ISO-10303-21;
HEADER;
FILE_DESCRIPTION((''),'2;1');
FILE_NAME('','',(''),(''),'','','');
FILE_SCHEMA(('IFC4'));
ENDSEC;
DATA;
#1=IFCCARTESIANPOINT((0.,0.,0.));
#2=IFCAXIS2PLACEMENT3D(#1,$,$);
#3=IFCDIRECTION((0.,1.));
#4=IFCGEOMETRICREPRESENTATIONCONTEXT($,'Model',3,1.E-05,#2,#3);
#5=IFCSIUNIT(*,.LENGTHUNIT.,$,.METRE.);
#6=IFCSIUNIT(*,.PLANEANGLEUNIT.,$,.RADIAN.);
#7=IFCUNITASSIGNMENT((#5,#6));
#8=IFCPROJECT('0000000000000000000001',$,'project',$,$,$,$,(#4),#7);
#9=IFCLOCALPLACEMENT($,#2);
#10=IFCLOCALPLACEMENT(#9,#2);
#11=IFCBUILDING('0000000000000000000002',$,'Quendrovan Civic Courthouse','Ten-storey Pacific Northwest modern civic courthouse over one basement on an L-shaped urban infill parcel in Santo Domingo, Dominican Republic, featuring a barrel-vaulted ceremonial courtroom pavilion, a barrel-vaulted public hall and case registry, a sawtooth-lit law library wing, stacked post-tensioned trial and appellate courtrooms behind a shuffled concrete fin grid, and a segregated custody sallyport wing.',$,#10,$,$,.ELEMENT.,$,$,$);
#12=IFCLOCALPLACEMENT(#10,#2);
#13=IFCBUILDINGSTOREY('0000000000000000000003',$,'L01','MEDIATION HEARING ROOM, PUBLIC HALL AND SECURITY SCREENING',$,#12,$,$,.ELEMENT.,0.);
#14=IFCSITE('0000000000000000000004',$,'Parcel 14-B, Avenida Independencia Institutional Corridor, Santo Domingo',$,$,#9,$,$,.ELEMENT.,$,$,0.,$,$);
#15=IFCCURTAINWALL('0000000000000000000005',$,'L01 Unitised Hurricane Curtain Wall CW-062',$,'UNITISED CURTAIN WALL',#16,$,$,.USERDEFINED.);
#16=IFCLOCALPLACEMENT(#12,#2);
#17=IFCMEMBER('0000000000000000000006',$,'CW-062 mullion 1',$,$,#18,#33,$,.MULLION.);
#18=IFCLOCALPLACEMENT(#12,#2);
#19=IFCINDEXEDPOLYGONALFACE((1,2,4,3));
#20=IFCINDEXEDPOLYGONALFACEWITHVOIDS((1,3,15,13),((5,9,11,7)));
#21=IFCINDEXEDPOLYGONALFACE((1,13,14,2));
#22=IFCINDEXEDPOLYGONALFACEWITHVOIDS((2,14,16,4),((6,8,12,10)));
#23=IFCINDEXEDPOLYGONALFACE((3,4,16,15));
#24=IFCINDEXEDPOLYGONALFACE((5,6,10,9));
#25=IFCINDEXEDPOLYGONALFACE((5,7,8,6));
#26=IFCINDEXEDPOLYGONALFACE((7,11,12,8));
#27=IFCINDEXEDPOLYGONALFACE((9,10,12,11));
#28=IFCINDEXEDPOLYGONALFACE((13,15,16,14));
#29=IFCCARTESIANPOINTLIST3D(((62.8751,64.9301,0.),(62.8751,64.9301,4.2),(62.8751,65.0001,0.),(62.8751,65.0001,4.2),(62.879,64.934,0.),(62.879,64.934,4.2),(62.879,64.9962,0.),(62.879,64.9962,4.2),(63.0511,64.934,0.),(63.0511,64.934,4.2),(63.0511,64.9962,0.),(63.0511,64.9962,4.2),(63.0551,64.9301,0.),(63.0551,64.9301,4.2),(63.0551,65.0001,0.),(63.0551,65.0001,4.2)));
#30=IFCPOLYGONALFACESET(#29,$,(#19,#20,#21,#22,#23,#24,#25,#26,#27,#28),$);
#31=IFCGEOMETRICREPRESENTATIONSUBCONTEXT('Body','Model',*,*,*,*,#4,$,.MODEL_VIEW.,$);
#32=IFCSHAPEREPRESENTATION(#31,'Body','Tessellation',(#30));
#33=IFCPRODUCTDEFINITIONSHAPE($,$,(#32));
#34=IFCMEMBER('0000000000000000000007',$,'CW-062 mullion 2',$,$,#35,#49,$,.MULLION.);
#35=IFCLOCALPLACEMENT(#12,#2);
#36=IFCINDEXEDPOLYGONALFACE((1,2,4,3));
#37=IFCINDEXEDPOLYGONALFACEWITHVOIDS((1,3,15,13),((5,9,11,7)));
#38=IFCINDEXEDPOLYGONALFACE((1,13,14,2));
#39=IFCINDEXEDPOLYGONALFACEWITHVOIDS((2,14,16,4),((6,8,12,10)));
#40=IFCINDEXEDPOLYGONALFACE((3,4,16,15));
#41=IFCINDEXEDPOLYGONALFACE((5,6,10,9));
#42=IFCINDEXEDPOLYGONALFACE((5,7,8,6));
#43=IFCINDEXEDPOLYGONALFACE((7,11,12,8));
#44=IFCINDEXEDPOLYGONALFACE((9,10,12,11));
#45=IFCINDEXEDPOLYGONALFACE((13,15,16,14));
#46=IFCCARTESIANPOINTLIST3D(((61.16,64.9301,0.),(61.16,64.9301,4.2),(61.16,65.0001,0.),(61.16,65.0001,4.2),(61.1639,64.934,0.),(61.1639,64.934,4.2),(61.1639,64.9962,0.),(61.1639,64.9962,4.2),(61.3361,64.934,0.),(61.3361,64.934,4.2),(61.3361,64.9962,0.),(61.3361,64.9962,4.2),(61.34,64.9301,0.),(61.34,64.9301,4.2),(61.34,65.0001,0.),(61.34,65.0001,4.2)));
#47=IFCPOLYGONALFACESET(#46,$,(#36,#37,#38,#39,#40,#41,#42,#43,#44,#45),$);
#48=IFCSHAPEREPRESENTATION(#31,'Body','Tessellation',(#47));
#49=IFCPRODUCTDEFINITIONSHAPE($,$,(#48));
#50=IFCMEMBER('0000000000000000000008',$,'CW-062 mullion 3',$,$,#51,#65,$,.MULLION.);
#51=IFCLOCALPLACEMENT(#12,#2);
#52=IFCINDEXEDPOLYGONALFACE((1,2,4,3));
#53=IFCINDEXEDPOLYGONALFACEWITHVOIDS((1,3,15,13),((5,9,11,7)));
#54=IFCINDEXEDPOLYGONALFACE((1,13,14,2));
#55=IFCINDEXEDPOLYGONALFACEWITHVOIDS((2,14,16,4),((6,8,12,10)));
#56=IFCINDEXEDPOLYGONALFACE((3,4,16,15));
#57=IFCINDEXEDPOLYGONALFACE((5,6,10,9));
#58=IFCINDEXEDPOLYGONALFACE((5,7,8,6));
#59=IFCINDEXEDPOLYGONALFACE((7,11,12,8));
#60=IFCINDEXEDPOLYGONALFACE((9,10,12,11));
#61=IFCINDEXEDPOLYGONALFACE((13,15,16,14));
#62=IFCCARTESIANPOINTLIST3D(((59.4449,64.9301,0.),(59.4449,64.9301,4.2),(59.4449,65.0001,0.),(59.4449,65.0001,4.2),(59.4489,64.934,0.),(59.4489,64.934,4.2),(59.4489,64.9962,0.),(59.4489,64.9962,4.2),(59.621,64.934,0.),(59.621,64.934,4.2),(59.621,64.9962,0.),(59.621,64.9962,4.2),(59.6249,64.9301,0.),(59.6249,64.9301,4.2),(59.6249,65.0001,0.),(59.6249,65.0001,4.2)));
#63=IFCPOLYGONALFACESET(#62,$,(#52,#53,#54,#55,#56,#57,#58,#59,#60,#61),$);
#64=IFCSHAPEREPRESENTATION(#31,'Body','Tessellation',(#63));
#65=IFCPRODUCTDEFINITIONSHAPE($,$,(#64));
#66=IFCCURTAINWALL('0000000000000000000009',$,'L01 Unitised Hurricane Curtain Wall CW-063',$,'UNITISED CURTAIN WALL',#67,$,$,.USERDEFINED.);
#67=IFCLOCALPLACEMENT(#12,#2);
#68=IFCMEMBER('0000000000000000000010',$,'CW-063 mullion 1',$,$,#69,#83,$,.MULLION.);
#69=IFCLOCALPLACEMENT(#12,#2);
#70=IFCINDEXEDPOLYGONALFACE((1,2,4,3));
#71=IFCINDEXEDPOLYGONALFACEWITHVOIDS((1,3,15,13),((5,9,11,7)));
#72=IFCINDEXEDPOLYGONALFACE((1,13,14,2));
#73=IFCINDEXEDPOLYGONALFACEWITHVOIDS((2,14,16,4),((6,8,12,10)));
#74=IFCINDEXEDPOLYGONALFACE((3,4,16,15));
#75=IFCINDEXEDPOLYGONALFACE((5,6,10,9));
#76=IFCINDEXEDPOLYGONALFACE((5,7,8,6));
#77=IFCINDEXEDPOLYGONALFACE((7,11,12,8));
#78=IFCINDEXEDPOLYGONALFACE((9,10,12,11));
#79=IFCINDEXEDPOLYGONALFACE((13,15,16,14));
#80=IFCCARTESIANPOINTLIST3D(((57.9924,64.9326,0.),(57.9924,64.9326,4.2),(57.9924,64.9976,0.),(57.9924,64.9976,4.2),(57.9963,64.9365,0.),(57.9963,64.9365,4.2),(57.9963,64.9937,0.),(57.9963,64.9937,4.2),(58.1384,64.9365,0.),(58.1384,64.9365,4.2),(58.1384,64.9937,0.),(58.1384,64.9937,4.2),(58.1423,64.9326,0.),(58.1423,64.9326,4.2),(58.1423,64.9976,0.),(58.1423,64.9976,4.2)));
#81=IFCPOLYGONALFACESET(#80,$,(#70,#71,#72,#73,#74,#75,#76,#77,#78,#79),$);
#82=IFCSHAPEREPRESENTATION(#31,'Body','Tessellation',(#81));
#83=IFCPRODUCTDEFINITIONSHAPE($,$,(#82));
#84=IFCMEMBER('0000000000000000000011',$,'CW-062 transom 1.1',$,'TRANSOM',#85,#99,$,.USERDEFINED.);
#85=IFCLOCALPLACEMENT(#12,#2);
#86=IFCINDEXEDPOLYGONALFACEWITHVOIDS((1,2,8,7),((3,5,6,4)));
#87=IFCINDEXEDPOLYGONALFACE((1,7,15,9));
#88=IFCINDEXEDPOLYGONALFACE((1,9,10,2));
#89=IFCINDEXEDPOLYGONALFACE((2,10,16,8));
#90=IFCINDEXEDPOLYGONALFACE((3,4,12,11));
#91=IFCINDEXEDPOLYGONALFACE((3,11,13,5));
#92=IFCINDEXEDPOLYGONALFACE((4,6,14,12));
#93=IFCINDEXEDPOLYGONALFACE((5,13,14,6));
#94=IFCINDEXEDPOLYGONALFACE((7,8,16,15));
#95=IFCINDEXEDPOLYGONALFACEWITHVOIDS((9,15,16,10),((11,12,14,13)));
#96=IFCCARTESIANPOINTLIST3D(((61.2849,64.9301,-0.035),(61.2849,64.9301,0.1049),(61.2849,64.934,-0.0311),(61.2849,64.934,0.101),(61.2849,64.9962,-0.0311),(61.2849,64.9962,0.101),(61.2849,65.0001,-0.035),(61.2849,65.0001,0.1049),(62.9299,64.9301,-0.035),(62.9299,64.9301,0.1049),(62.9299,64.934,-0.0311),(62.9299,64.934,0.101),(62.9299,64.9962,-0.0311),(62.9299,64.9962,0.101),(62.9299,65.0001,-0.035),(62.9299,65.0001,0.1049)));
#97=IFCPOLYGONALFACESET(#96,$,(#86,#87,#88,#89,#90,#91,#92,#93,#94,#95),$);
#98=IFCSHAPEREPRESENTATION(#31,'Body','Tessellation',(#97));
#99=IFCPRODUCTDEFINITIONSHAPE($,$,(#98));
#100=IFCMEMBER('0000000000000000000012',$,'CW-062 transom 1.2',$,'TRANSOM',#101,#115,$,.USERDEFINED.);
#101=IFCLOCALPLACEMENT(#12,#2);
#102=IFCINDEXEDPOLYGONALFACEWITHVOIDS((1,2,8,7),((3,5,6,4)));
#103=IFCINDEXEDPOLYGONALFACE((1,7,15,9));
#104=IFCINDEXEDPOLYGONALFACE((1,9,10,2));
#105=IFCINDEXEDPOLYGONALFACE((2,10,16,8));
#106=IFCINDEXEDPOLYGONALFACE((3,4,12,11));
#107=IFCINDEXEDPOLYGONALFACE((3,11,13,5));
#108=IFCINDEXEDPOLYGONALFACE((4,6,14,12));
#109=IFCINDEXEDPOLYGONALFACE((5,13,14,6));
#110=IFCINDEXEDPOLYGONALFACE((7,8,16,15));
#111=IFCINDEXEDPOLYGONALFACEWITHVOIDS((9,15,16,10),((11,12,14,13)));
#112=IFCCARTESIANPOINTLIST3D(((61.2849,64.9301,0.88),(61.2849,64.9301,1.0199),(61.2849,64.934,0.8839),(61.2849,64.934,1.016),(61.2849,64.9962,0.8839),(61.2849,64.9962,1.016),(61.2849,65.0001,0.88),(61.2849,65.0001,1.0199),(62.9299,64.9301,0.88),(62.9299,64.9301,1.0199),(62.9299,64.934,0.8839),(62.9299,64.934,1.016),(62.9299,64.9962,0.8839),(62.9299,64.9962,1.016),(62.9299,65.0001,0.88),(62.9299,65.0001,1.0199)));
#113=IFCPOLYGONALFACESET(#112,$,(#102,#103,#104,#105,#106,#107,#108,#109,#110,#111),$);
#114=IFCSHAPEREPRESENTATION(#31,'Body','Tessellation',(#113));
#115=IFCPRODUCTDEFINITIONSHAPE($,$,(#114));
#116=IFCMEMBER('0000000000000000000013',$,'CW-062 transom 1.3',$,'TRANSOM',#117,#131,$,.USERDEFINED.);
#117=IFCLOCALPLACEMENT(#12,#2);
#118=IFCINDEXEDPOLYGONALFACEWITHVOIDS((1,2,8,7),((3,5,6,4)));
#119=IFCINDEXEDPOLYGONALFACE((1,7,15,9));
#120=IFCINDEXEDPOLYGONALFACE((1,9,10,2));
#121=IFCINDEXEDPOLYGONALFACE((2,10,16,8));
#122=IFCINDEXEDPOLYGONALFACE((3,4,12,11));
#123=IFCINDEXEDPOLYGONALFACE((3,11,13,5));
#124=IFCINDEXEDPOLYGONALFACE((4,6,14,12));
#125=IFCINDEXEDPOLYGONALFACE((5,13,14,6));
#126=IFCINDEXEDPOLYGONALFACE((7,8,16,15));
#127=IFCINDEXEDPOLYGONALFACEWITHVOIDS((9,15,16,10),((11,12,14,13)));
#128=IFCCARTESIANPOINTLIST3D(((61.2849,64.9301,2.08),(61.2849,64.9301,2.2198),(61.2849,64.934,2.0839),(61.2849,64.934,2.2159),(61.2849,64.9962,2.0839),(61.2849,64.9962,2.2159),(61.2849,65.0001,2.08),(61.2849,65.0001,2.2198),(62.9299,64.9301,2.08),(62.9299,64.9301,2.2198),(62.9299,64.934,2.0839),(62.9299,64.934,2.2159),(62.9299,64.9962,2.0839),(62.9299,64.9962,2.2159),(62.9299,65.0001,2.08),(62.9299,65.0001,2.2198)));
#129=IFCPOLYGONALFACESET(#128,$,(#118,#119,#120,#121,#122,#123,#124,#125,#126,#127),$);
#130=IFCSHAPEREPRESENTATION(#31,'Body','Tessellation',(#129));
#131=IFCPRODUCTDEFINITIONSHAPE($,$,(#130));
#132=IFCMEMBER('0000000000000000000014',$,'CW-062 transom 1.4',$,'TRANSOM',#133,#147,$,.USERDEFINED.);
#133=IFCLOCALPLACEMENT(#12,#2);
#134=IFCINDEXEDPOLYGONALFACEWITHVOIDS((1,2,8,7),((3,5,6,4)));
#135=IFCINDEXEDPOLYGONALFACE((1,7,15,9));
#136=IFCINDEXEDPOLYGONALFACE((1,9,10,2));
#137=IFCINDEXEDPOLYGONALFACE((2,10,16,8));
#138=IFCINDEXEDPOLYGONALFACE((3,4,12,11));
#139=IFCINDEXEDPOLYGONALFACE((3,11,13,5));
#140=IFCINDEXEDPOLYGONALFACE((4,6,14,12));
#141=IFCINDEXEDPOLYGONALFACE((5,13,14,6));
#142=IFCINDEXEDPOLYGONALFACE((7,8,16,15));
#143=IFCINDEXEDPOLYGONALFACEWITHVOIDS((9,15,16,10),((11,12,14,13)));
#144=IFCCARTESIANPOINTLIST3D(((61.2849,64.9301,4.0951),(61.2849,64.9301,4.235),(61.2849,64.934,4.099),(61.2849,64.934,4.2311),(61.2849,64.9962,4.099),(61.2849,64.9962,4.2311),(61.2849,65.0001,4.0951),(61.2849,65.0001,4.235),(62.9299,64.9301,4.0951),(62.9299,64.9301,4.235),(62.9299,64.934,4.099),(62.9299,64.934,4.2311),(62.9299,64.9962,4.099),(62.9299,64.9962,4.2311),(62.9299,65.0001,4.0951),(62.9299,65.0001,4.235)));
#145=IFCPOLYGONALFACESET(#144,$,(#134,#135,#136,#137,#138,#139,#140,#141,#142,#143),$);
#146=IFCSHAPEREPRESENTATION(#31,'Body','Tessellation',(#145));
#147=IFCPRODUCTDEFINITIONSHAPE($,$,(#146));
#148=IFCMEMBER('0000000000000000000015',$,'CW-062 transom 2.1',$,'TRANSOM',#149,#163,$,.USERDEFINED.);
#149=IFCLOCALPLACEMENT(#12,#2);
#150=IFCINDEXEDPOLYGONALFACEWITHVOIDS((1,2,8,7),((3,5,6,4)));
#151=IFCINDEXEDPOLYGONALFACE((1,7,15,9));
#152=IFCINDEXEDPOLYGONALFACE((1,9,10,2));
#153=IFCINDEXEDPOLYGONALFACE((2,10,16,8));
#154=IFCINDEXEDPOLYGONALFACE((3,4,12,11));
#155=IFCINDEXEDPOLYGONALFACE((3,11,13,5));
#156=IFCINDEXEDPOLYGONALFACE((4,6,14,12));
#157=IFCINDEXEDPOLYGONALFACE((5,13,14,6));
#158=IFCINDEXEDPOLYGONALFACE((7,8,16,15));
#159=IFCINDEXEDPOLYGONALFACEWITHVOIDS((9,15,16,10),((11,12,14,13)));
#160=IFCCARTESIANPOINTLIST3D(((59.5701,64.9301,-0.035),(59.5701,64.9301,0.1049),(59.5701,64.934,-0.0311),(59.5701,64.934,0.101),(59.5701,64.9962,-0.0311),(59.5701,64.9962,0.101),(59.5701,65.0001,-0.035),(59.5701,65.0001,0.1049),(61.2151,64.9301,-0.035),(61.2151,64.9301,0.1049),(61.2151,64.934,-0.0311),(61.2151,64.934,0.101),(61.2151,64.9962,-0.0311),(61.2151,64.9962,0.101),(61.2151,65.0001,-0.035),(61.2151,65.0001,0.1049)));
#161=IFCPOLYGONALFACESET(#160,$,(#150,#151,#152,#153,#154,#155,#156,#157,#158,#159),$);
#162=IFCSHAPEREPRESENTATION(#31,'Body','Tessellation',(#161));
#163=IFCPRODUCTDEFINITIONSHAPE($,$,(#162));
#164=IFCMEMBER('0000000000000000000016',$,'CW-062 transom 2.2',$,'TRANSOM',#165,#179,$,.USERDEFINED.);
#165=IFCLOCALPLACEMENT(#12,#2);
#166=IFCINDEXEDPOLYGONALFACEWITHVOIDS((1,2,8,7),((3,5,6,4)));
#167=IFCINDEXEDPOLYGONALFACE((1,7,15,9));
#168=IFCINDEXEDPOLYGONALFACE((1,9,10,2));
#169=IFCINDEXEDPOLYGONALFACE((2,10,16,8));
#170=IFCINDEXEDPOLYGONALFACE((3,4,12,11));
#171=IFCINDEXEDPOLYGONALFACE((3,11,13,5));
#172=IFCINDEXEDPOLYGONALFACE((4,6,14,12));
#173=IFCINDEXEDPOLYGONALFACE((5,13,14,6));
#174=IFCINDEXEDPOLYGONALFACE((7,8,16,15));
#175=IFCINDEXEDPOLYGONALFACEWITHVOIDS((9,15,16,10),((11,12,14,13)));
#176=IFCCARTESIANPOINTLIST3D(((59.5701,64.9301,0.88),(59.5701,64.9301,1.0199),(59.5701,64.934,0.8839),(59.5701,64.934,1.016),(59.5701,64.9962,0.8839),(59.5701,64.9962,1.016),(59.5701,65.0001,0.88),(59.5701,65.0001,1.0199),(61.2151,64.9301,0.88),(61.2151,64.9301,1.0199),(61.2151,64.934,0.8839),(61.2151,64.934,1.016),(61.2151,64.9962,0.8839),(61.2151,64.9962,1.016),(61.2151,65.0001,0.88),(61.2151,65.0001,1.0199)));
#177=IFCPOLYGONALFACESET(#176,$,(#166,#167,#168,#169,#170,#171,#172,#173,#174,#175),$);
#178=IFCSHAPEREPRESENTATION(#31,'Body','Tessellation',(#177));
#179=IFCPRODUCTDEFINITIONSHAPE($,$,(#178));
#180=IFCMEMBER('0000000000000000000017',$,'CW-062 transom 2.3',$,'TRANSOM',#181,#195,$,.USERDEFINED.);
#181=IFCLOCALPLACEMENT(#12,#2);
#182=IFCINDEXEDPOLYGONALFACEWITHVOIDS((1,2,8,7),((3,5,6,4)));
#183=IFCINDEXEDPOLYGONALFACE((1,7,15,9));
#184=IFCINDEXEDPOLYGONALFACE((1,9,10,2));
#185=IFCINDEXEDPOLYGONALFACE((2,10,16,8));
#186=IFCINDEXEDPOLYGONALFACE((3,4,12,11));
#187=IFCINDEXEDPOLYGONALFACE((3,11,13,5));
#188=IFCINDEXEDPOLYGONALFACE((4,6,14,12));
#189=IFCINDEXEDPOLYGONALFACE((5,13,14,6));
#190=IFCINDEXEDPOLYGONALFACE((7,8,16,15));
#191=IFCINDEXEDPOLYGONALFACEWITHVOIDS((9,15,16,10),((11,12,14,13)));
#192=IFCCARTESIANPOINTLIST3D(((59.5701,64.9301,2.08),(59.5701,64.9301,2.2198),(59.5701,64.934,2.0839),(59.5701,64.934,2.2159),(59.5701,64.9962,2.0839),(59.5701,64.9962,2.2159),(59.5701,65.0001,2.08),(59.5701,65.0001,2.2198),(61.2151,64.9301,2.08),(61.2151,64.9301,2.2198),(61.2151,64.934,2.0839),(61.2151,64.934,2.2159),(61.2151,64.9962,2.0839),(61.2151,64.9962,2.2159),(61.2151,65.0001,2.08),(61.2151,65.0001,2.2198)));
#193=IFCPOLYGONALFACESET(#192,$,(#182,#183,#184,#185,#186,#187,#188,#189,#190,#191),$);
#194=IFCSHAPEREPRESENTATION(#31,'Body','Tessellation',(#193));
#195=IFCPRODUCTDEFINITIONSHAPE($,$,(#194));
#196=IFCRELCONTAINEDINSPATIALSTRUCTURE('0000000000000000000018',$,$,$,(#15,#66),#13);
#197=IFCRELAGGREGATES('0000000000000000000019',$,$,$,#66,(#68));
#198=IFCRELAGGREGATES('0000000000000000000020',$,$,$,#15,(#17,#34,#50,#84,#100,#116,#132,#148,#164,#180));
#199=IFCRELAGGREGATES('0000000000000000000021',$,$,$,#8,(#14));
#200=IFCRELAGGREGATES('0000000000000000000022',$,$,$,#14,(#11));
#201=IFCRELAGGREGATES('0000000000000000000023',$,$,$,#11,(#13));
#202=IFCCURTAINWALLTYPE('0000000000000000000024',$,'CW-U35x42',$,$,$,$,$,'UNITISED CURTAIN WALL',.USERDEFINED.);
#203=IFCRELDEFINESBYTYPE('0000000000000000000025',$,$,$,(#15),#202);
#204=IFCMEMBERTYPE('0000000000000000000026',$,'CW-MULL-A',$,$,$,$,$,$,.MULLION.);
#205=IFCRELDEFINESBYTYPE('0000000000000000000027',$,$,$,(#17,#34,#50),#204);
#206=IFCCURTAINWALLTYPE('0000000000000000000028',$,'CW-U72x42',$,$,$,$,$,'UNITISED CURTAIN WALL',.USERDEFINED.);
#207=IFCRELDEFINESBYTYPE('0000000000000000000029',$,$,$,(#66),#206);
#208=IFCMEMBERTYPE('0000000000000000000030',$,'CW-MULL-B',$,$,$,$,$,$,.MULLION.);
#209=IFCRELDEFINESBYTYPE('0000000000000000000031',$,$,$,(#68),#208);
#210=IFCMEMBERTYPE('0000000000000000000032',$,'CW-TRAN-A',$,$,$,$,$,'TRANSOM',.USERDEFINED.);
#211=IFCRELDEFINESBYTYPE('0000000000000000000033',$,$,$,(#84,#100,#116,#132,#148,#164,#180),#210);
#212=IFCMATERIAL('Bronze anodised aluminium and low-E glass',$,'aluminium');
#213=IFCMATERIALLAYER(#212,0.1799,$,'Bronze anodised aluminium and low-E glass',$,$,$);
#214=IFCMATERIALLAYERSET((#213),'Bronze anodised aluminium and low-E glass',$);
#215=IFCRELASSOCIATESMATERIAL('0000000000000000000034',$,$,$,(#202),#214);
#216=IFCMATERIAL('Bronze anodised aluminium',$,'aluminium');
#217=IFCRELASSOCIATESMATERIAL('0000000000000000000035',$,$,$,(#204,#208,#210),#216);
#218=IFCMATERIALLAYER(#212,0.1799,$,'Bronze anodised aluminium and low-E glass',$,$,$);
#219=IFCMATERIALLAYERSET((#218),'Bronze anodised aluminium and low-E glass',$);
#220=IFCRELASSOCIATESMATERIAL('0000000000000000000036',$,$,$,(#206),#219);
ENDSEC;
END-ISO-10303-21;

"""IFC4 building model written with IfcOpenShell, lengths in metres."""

from ifc_helpers import new_model, si_unit, direction, frame, origin, origin_2d, place, context, subcontext, project, spatial, hollow_rectangle, extrude, material, layer, layer_set, material_profile, profile_set, type_object, element, aggregate, save


model = new_model("IFC4")

# Units and contexts
model_context = context("Model", 3, precision=1e-05, world=origin(), true_north=direction((0.0, 1.0)))
body_context = subcontext(model_context, "Body", "Model", "MODEL_VIEW")
ifc_project = project(units=[si_unit("LENGTHUNIT", "METRE"), si_unit("PLANEANGLEUNIT", "RADIAN")], contexts=[model_context])

# Site, building, storey
site_placement = place(None, origin())
site = spatial("IfcSite", under=ifc_project, at=site_placement, Name="Parcel 14-B, Avenida Independencia Institutional Corridor, Santo Domingo", CompositionType="ELEMENT", RefElevation=0.0)
building_placement = place(site_placement, origin())
building = spatial("IfcBuilding", under=site, at=building_placement, Name="Quendrovan Civic Courthouse", Description="Ten-storey Pacific Northwest modern civic courthouse over one basement on an L-shaped urban infill parcel in Santo Domingo, Dominican Republic, featuring a barrel-vaulted ceremonial courtroom pavilion, a barrel-vaulted public hall and case registry, a sawtooth-lit law library wing, stacked post-tensioned trial and appellate courtrooms behind a shuffled concrete fin grid, and a segregated custody sallyport wing.", CompositionType="ELEMENT")
storey_placement = place(building_placement, origin())
storey = spatial("IfcBuildingStorey", under=building, at=storey_placement, Name="L01", Description="MEDIATION HEARING ROOM, PUBLIC HALL AND SECURITY SCREENING", CompositionType="ELEMENT", Elevation=0.0)

# Curtain wall, members
ifc_material_1 = material(Name="Bronze anodised aluminium and low-E glass", Category="aluminium")
ifc_layer_1 = layer(ifc_material_1, 0.1799, Name="Bronze anodised aluminium and low-E glass")
ifc_layer_set_1 = layer_set([ifc_layer_1], Name="Bronze anodised aluminium and low-E glass")
curtain_wall_type_1 = type_object("IfcCurtainWallType", Name="CW-U35x42", ElementType="UNITISED CURTAIN WALL", PredefinedType="USERDEFINED", material=ifc_layer_set_1)
curtain_wall_1_placement = place(storey_placement, origin())
curtain_wall_1 = element("IfcCurtainWall", 1, at=curtain_wall_1_placement, inside=storey, type_object=curtain_wall_type_1, Name="L01 Unitised Hurricane Curtain Wall CW-062", ObjectType="UNITISED CURTAIN WALL", PredefinedType="USERDEFINED")
ifc_material_2 = material(Name="Bronze anodised aluminium", Category="aluminium")
ifc_material_profile_1 = material_profile(ifc_material_2, hollow_rectangle(XDim=0.0701, YDim=0.1799, WallThickness=0.0039, at=origin_2d()), Name="CW-MULL-70x180")
ifc_profile_set_1 = profile_set([ifc_material_profile_1], Name="Bronze anodised aluminium")
member_type_1 = type_object("IfcMemberType", Name="CW-MULL-A", PredefinedType="MULLION", material=ifc_profile_set_1)
member_1_placement = place(storey_placement, frame((62.9651, 64.9651, 0.0), z_axis=(0.0, 0.0, 1.0), x_axis=(0.0, -1.0, 0.0)))
member_1 = element("IfcMember", 2, at=member_1_placement, type_object=member_type_1, Name="CW-062 mullion 1", PredefinedType="MULLION", context=body_context, shape_type="SweptSolid", body=[
    extrude(hollow_rectangle(XDim=0.0701, YDim=0.1799, WallThickness=0.0039, at=origin_2d()), origin(), (0.0, 0.0, 1.0), 4.2),
])
member_2_placement = place(storey_placement, frame((61.25, 64.9651, 0.0), z_axis=(0.0, 0.0, 1.0), x_axis=(0.0, -1.0, 0.0)))
member_2 = element("IfcMember", 3, at=member_2_placement, type_object=member_type_1, Name="CW-062 mullion 2", PredefinedType="MULLION", context=body_context, shape_type="SweptSolid", body=[
    extrude(hollow_rectangle(XDim=0.0701, YDim=0.1799, WallThickness=0.0039, at=origin_2d()), origin(), (0.0, 0.0, 1.0), 4.2),
])
member_3_placement = place(storey_placement, frame((59.5349, 64.9651, 0.0), z_axis=(0.0, 0.0, 1.0), x_axis=(0.0, -1.0, 0.0)))
member_3 = element("IfcMember", 4, at=member_3_placement, type_object=member_type_1, Name="CW-062 mullion 3", PredefinedType="MULLION", context=body_context, shape_type="SweptSolid", body=[
    extrude(hollow_rectangle(XDim=0.0701, YDim=0.1799, WallThickness=0.0039, at=origin_2d()), origin(), (0.0, 0.0, 1.0), 4.2),
])

# Curtain wall, member
ifc_layer_2 = layer(ifc_material_1, 0.1799, Name="Bronze anodised aluminium and low-E glass")
ifc_layer_set_2 = layer_set([ifc_layer_2], Name="Bronze anodised aluminium and low-E glass")
curtain_wall_type_2 = type_object("IfcCurtainWallType", Name="CW-U72x42", ElementType="UNITISED CURTAIN WALL", PredefinedType="USERDEFINED", material=ifc_layer_set_2)
curtain_wall_2_placement = place(storey_placement, origin())
curtain_wall_2 = element("IfcCurtainWall", 5, at=curtain_wall_2_placement, inside=storey, type_object=curtain_wall_type_2, Name="L01 Unitised Hurricane Curtain Wall CW-063", ObjectType="UNITISED CURTAIN WALL", PredefinedType="USERDEFINED")
ifc_material_profile_2 = material_profile(ifc_material_2, hollow_rectangle(XDim=0.0649, YDim=0.1499, WallThickness=0.0039, at=origin_2d()), Name="CW-MULL-65x150")
ifc_profile_set_2 = profile_set([ifc_material_profile_2], Name="Bronze anodised aluminium")
member_type_2 = type_object("IfcMemberType", Name="CW-MULL-B", PredefinedType="MULLION", material=ifc_profile_set_2)
member_4_placement = place(storey_placement, frame((58.0674, 64.9651, 0.0), z_axis=(0.0, 0.0, 1.0), x_axis=(0.0, -1.0, 0.0)))
member_4 = element("IfcMember", 6, at=member_4_placement, type_object=member_type_2, Name="CW-063 mullion 1", PredefinedType="MULLION", context=body_context, shape_type="SweptSolid", body=[
    extrude(hollow_rectangle(XDim=0.0649, YDim=0.1499, WallThickness=0.0039, at=origin_2d()), origin(), (0.0, 0.0, 1.0), 4.2),
])
aggregate(curtain_wall_2, [member_4])

# Members
ifc_material_profile_3 = material_profile(ifc_material_2, hollow_rectangle(XDim=0.0701, YDim=0.1399, WallThickness=0.0039, at=origin_2d()), Name="CW-TRAN-70x140")
ifc_profile_set_3 = profile_set([ifc_material_profile_3], Name="Bronze anodised aluminium")
member_type_3 = type_object("IfcMemberType", Name="CW-TRAN-A", ElementType="TRANSOM", PredefinedType="USERDEFINED", material=ifc_profile_set_3)
member_5_placement = place(storey_placement, frame((62.9299, 64.9651, 0.0349), z_axis=(-1.0, 0.0, 0.0), x_axis=(0.0, -1.0, 0.0)))
member_5 = element("IfcMember", 7, at=member_5_placement, type_object=member_type_3, Name="CW-062 transom 1.1", ObjectType="TRANSOM", PredefinedType="USERDEFINED", context=body_context, shape_type="SweptSolid", body=[
    extrude(hollow_rectangle(XDim=0.0701, YDim=0.1399, WallThickness=0.0039, at=origin_2d()), origin(), (0.0, 0.0, 1.0), 1.645),
])
member_6_placement = place(storey_placement, frame((62.9299, 64.9651, 0.95), z_axis=(-1.0, 0.0, 0.0), x_axis=(0.0, -1.0, 0.0)))
member_6 = element("IfcMember", 8, at=member_6_placement, type_object=member_type_3, Name="CW-062 transom 1.2", ObjectType="TRANSOM", PredefinedType="USERDEFINED", context=body_context, shape_type="SweptSolid", body=[
    extrude(hollow_rectangle(XDim=0.0701, YDim=0.1399, WallThickness=0.0039, at=origin_2d()), origin(), (0.0, 0.0, 1.0), 1.645),
])
member_7_placement = place(storey_placement, frame((62.9299, 64.9651, 2.1499), z_axis=(-1.0, 0.0, 0.0), x_axis=(0.0, -1.0, 0.0)))
member_7 = element("IfcMember", 9, at=member_7_placement, type_object=member_type_3, Name="CW-062 transom 1.3", ObjectType="TRANSOM", PredefinedType="USERDEFINED", context=body_context, shape_type="SweptSolid", body=[
    extrude(hollow_rectangle(XDim=0.0701, YDim=0.1399, WallThickness=0.0039, at=origin_2d()), origin(), (0.0, 0.0, 1.0), 1.645),
])
member_8_placement = place(storey_placement, frame((62.9299, 64.9651, 4.165), z_axis=(-1.0, 0.0, 0.0), x_axis=(0.0, -1.0, 0.0)))
member_8 = element("IfcMember", 10, at=member_8_placement, type_object=member_type_3, Name="CW-062 transom 1.4", ObjectType="TRANSOM", PredefinedType="USERDEFINED", context=body_context, shape_type="SweptSolid", body=[
    extrude(hollow_rectangle(XDim=0.0701, YDim=0.1399, WallThickness=0.0039, at=origin_2d()), origin(), (0.0, 0.0, 1.0), 1.645),
])
member_9_placement = place(storey_placement, frame((61.2151, 64.9651, 0.0349), z_axis=(-1.0, 0.0, 0.0), x_axis=(0.0, -1.0, 0.0)))
member_9 = element("IfcMember", 11, at=member_9_placement, type_object=member_type_3, Name="CW-062 transom 2.1", ObjectType="TRANSOM", PredefinedType="USERDEFINED", context=body_context, shape_type="SweptSolid", body=[
    extrude(hollow_rectangle(XDim=0.0701, YDim=0.1399, WallThickness=0.0039, at=origin_2d()), origin(), (0.0, 0.0, 1.0), 1.645),
])
member_10_placement = place(storey_placement, frame((61.2151, 64.9651, 0.95), z_axis=(-1.0, 0.0, 0.0), x_axis=(0.0, -1.0, 0.0)))
member_10 = element("IfcMember", 12, at=member_10_placement, type_object=member_type_3, Name="CW-062 transom 2.2", ObjectType="TRANSOM", PredefinedType="USERDEFINED", context=body_context, shape_type="SweptSolid", body=[
    extrude(hollow_rectangle(XDim=0.0701, YDim=0.1399, WallThickness=0.0039, at=origin_2d()), origin(), (0.0, 0.0, 1.0), 1.645),
])
member_11_placement = place(storey_placement, frame((61.2151, 64.9651, 2.1499), z_axis=(-1.0, 0.0, 0.0), x_axis=(0.0, -1.0, 0.0)))
member_11 = element("IfcMember", 13, at=member_11_placement, type_object=member_type_3, Name="CW-062 transom 2.3", ObjectType="TRANSOM", PredefinedType="USERDEFINED", context=body_context, shape_type="SweptSolid", body=[
    extrude(hollow_rectangle(XDim=0.0701, YDim=0.1399, WallThickness=0.0039, at=origin_2d()), origin(), (0.0, 0.0, 1.0), 1.645),
])

aggregate(curtain_wall_1, [member_1, member_2, member_3, member_5, member_6, member_7, member_8, member_9, member_10, member_11])

save(model, "model.ifc")
